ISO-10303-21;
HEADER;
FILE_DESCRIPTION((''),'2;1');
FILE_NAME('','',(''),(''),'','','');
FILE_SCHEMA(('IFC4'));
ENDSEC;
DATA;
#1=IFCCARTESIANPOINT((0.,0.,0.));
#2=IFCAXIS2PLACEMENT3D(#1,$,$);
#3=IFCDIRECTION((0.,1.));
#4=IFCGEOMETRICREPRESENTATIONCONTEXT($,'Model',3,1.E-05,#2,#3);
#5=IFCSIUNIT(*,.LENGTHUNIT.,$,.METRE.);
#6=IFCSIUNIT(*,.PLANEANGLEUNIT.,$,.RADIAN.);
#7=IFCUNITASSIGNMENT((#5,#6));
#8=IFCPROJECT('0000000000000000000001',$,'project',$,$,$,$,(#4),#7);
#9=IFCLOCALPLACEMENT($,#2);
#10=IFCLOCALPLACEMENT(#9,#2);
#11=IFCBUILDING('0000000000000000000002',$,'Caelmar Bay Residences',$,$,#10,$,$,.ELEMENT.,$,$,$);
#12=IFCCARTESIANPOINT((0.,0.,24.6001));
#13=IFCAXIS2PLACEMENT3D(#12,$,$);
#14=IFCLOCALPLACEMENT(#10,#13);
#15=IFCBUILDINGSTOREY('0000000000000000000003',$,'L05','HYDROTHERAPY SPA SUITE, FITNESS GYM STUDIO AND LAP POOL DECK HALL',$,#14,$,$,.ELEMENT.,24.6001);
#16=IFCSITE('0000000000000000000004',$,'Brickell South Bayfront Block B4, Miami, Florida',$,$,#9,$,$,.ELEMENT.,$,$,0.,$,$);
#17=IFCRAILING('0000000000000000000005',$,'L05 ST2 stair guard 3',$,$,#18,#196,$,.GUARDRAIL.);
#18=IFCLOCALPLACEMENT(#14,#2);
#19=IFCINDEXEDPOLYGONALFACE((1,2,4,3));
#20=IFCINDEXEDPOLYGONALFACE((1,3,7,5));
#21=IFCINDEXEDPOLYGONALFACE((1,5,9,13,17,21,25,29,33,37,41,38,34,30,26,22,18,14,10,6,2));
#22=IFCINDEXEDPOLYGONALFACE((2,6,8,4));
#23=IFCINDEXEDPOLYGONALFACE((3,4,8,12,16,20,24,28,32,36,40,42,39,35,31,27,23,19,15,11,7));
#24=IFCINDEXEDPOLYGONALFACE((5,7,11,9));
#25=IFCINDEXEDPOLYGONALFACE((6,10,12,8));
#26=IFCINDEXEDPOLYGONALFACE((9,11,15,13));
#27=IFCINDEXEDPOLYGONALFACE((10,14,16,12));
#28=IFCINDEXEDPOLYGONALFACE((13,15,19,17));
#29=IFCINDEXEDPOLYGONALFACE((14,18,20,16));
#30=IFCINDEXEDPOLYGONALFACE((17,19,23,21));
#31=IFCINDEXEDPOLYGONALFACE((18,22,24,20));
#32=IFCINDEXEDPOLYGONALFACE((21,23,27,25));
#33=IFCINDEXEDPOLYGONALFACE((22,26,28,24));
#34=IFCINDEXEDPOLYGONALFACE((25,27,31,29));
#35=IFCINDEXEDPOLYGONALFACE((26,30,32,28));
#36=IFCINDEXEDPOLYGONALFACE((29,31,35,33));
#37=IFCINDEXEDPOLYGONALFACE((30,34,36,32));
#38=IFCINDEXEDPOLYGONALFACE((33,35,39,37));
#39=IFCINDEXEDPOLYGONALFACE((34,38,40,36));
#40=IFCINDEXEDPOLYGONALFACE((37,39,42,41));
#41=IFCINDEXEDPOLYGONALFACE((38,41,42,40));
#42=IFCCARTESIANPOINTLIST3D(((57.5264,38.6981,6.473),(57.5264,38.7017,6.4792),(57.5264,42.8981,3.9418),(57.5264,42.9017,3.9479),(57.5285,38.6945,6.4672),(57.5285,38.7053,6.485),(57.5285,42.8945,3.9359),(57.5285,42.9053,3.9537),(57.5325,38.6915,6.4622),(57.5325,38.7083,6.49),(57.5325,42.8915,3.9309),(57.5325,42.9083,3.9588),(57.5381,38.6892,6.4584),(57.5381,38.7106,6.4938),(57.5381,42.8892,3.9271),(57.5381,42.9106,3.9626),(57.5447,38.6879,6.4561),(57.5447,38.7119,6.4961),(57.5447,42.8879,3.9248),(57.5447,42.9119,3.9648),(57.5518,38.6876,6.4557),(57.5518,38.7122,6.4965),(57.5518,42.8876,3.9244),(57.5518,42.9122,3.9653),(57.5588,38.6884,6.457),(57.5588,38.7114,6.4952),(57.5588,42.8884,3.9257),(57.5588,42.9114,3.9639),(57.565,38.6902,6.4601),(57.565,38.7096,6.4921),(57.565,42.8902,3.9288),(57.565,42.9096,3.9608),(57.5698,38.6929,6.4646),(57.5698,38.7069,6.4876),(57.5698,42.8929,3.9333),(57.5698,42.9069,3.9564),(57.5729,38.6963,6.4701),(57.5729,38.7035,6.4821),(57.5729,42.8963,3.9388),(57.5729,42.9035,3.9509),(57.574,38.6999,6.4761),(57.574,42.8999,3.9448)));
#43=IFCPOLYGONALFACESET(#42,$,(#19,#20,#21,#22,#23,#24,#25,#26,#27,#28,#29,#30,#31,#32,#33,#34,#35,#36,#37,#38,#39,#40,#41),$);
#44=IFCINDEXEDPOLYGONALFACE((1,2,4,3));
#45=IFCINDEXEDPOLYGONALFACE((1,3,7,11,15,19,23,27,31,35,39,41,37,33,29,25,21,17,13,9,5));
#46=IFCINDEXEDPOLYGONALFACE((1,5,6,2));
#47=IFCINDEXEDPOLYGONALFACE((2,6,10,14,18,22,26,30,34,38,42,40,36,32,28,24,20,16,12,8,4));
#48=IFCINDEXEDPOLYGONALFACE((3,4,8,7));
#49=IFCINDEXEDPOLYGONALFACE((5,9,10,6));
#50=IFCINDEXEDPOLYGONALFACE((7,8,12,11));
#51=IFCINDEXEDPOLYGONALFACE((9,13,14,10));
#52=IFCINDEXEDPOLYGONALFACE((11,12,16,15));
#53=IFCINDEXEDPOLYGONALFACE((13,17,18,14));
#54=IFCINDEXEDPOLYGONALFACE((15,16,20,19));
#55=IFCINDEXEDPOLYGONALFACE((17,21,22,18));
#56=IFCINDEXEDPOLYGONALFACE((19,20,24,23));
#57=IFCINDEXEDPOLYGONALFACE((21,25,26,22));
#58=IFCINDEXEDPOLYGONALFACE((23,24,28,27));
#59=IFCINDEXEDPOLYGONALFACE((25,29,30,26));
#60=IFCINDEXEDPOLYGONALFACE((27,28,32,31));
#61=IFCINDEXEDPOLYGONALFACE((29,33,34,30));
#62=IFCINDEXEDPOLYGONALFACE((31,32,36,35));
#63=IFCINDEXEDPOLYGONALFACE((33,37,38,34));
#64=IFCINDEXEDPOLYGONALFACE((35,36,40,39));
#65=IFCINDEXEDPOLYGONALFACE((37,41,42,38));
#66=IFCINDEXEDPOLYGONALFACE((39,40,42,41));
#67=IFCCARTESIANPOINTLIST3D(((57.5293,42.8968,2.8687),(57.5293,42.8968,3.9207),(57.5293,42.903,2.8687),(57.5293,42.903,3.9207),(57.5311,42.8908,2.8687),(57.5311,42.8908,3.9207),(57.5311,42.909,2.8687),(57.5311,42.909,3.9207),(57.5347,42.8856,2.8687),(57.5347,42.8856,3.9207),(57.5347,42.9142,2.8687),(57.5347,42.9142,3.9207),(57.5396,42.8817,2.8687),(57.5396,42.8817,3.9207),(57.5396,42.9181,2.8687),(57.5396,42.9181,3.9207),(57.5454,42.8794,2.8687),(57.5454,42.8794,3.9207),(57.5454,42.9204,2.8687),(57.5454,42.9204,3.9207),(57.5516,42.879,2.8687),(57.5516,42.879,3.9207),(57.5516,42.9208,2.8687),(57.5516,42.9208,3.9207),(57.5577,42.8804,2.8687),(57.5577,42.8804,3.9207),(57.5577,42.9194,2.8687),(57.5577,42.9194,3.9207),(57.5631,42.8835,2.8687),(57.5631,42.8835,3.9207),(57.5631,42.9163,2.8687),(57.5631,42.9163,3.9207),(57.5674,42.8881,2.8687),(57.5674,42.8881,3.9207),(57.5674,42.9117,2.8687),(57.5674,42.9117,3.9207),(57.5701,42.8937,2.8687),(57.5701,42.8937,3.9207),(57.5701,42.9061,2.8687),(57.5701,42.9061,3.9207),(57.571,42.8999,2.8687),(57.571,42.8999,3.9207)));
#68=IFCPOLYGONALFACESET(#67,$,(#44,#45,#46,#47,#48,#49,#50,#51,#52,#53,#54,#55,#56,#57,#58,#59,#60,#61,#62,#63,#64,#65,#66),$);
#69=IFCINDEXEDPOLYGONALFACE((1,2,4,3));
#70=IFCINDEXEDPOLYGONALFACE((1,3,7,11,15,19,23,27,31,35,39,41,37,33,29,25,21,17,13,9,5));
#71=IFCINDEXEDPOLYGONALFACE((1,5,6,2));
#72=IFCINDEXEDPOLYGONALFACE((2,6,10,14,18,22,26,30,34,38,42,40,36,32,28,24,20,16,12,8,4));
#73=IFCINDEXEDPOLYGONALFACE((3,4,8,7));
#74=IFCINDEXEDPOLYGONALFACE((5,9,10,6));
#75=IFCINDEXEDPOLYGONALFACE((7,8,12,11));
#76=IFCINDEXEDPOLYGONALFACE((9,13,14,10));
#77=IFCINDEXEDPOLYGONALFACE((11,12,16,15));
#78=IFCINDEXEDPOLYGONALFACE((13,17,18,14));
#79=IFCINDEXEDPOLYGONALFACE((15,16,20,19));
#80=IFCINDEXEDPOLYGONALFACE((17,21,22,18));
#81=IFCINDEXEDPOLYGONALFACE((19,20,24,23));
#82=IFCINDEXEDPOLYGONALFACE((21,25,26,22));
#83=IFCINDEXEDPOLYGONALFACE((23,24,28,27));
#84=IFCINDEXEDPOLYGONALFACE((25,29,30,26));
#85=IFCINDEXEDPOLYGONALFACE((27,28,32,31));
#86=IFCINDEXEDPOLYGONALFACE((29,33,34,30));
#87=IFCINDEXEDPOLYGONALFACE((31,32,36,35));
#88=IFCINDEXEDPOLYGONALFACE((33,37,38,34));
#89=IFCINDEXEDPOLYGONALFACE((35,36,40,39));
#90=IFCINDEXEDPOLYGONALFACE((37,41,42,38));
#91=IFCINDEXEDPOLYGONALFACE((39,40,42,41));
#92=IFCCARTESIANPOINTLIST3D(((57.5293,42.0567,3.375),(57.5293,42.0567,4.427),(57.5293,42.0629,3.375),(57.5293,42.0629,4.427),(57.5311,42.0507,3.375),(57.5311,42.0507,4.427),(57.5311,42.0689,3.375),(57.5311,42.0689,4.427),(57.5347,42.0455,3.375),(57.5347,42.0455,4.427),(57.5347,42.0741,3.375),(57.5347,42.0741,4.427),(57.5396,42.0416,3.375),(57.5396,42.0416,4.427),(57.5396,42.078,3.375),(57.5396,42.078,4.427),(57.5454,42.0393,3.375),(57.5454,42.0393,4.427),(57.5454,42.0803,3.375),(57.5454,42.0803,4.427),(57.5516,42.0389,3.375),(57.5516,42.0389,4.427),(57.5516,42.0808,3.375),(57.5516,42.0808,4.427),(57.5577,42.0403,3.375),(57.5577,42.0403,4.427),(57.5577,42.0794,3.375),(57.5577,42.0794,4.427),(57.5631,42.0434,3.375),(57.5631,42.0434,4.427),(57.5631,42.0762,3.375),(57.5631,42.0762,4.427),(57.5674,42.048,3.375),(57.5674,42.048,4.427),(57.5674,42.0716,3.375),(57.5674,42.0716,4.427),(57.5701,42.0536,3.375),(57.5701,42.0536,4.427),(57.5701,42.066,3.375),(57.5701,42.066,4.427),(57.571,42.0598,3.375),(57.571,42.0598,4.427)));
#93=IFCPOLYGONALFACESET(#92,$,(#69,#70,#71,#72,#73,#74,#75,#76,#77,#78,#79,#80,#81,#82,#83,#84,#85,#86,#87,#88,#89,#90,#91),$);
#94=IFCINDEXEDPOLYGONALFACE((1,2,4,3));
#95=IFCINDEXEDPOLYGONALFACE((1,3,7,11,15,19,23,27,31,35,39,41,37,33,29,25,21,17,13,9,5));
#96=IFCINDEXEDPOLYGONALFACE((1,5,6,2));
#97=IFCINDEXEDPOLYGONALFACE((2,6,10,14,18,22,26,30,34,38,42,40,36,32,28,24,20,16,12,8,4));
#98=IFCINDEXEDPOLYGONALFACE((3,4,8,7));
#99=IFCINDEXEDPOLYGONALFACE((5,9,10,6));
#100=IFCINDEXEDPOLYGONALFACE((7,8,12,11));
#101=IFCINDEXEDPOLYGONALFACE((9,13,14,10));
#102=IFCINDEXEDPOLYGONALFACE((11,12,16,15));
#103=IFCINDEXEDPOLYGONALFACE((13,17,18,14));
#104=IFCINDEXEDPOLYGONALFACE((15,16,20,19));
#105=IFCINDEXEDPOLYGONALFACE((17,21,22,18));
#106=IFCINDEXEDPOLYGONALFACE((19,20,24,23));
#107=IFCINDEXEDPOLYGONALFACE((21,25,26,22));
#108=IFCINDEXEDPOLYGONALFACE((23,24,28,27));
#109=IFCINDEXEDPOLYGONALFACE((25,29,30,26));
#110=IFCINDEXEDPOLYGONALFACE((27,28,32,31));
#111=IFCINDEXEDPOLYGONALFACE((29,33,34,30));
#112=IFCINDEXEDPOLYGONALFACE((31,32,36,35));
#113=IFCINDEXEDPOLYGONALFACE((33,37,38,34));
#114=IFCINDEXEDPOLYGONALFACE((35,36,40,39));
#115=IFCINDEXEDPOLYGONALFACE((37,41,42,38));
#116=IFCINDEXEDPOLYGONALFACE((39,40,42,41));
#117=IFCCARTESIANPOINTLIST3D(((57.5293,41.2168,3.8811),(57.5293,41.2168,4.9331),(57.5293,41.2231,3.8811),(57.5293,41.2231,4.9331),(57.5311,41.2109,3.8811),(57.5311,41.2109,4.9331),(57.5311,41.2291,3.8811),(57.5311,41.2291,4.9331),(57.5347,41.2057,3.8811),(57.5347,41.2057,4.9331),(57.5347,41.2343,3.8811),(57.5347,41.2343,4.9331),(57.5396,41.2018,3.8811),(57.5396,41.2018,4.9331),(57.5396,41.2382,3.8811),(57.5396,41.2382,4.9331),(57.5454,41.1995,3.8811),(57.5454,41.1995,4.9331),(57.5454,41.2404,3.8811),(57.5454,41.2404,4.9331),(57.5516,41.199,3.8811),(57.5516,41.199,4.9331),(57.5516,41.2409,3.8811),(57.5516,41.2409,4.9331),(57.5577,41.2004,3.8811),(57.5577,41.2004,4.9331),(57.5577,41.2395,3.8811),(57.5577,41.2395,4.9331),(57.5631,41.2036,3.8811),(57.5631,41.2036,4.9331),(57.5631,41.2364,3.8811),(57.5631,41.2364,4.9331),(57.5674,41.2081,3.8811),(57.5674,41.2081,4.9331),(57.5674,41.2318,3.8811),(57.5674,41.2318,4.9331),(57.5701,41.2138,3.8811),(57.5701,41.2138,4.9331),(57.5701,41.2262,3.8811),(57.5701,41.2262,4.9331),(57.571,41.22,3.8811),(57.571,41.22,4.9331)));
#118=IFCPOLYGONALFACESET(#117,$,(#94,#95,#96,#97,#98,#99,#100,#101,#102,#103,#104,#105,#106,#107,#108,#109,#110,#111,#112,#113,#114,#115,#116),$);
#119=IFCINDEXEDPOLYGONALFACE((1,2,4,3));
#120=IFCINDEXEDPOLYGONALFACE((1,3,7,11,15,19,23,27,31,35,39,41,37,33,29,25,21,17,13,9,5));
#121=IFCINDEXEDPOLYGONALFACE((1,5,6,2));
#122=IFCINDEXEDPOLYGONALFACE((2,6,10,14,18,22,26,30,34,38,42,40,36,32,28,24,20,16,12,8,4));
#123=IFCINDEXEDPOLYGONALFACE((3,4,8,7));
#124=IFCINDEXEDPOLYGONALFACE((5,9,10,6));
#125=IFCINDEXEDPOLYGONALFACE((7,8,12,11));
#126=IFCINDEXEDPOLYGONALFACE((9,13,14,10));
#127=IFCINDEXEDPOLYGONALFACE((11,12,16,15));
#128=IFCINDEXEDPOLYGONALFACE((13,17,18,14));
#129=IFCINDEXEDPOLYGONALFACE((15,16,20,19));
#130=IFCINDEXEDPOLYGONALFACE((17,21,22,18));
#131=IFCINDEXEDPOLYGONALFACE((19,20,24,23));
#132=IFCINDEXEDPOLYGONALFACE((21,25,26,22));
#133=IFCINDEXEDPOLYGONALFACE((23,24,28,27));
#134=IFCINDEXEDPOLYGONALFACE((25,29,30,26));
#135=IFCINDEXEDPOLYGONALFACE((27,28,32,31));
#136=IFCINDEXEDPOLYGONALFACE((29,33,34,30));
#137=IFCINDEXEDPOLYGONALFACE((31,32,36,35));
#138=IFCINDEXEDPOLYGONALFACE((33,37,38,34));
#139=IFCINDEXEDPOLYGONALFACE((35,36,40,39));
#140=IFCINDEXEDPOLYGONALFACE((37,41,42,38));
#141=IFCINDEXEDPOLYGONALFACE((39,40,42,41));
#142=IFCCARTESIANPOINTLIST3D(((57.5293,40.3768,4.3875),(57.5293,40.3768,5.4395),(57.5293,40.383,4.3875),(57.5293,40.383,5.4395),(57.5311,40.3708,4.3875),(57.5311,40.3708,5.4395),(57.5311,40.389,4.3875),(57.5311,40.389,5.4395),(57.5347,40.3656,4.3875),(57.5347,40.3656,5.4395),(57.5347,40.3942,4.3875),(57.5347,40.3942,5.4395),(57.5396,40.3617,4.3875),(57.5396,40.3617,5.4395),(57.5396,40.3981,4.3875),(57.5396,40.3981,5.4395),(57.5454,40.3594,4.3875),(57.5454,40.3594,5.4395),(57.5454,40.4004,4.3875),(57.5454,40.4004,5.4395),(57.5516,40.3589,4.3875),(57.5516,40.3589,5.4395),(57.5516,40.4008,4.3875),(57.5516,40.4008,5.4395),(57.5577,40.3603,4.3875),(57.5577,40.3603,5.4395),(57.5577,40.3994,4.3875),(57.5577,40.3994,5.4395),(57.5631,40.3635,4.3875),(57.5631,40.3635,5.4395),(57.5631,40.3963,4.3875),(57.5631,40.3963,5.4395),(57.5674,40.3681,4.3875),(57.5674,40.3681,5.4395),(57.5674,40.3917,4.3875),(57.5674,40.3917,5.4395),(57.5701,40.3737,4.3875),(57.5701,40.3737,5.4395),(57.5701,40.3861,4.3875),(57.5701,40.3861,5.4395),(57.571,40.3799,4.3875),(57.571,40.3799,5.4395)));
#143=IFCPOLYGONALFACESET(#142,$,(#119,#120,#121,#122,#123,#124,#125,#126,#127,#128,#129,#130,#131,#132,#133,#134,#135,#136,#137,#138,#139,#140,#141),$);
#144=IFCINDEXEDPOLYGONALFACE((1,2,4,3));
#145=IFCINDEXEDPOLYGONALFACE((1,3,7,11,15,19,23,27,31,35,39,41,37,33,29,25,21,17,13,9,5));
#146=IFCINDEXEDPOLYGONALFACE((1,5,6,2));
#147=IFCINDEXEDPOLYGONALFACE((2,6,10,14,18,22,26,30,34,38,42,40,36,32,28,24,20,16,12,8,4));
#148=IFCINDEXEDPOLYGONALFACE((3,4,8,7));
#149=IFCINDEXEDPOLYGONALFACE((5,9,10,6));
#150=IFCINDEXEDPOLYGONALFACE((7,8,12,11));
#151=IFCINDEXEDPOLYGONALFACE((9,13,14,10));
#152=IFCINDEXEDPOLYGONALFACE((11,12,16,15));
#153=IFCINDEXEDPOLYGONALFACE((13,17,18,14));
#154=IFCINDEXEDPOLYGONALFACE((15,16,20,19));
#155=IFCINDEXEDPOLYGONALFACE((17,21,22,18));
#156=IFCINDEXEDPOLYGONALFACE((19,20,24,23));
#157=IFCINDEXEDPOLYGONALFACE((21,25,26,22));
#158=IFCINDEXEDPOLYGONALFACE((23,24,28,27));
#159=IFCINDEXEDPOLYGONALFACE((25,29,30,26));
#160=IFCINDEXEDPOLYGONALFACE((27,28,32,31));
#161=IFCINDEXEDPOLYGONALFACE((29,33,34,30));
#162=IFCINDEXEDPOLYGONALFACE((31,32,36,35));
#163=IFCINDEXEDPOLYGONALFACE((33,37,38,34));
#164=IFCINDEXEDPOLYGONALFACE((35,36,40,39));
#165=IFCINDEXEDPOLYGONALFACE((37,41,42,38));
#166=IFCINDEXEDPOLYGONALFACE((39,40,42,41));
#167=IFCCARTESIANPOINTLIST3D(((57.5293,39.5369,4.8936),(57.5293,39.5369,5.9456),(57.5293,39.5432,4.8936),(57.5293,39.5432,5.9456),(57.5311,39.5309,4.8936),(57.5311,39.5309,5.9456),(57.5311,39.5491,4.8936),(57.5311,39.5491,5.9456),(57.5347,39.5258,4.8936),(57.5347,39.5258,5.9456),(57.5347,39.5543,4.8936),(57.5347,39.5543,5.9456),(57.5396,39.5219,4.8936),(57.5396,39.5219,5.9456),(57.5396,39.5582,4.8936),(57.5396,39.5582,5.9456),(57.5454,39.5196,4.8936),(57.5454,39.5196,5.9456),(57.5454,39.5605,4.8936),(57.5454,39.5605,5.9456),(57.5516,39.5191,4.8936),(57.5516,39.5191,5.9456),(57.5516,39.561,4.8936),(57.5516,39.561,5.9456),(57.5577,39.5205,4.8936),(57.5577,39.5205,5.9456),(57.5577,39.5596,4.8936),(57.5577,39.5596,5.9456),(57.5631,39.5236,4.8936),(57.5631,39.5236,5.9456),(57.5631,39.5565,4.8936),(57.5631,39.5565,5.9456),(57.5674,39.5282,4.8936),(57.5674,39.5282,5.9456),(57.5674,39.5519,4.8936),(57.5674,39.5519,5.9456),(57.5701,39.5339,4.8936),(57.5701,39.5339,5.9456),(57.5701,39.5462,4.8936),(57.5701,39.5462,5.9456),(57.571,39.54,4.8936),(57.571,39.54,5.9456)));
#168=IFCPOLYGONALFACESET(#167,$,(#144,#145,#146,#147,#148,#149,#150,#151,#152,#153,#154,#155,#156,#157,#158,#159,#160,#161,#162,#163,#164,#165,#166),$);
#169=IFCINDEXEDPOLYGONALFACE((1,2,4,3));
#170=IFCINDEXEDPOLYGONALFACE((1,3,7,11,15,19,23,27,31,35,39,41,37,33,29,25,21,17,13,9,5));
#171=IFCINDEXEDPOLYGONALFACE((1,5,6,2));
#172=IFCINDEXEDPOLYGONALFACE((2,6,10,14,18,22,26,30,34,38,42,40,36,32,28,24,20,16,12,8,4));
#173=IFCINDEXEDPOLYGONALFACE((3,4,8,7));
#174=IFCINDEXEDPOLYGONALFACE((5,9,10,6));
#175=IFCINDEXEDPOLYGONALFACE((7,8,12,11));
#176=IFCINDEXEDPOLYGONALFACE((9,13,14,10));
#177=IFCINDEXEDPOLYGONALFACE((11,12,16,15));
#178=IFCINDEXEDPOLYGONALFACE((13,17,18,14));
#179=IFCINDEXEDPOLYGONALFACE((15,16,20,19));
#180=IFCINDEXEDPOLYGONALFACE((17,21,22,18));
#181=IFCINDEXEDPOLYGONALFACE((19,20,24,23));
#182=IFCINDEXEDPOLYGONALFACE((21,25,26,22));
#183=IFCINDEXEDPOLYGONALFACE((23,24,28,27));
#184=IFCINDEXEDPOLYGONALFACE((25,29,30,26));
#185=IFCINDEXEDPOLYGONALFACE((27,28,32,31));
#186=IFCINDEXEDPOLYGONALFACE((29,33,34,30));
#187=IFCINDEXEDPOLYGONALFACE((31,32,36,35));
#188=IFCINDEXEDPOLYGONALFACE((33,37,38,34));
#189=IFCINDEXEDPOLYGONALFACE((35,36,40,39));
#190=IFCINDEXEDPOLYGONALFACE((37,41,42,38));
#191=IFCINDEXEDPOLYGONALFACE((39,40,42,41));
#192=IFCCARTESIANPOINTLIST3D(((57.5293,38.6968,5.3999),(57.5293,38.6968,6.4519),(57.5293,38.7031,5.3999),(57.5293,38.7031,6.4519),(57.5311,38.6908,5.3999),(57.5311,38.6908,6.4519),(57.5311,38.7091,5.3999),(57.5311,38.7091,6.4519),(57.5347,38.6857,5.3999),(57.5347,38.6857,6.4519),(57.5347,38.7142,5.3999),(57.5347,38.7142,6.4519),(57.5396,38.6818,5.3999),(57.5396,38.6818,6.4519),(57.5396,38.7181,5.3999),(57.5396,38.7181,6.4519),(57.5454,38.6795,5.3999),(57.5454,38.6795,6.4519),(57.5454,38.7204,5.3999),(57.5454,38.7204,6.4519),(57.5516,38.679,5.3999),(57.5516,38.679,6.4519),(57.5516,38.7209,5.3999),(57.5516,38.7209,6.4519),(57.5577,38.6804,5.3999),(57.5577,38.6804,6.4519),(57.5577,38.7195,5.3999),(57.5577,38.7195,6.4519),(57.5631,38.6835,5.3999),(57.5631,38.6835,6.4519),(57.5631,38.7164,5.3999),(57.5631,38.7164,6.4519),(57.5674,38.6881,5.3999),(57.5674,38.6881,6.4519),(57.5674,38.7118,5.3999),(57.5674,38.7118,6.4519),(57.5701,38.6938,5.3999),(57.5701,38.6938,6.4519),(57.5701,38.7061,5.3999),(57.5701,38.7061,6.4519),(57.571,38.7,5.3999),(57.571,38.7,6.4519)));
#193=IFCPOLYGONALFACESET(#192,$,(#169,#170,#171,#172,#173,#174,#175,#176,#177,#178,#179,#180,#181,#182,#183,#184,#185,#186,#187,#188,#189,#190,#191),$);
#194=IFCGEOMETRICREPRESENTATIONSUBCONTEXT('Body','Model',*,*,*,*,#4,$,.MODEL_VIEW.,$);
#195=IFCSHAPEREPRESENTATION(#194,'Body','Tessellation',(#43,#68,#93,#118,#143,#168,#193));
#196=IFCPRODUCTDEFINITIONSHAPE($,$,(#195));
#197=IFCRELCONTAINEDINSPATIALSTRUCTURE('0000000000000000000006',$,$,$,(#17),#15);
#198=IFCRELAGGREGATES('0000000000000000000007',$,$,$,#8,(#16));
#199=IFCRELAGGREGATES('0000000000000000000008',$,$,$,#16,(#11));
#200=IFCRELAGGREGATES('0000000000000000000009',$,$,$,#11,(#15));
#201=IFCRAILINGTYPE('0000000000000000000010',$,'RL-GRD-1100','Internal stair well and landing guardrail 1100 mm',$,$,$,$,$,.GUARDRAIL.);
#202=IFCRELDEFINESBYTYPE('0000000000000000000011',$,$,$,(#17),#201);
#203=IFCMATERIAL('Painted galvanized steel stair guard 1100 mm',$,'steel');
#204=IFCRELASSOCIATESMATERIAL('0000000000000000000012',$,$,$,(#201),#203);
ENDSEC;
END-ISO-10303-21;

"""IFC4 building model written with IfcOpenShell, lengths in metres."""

from ifc_helpers import new_model, si_unit, direction, frame, origin, origin_2d, place, context, subcontext, project, spatial, circle, extrude, material, type_object, element, save


model = new_model("IFC4")

# Units and contexts
model_context = context("Model", 3, precision=1e-05, world=origin(), true_north=direction((0.0, 1.0)))
body_context = subcontext(model_context, "Body", "Model", "MODEL_VIEW")
ifc_project = project(units=[si_unit("LENGTHUNIT", "METRE"), si_unit("PLANEANGLEUNIT", "RADIAN")], contexts=[model_context])

# Site, building, storey
site_placement = place(None, origin())
site = spatial("IfcSite", under=ifc_project, at=site_placement, Name="Brickell South Bayfront Block B4, Miami, Florida", CompositionType="ELEMENT", RefElevation=0.0)
building_placement = place(site_placement, origin())
building = spatial("IfcBuilding", under=site, at=building_placement, Name="Caelmar Bay Residences", CompositionType="ELEMENT")
storey_placement = place(building_placement, frame((0.0, 0.0, 24.6001)))
storey = spatial("IfcBuildingStorey", under=building, at=storey_placement, Name="L05", Description="HYDROTHERAPY SPA SUITE, FITNESS GYM STUDIO AND LAP POOL DECK HALL", CompositionType="ELEMENT", Elevation=24.6001)

# Railing
ifc_material_1 = material(Name="Painted galvanized steel stair guard 1100 mm", Category="steel")
railing_type_1 = type_object("IfcRailingType", Name="RL-GRD-1100", Description="Internal stair well and landing guardrail 1100 mm", PredefinedType="GUARDRAIL", material=ifc_material_1)
railing_1_placement = place(storey_placement, frame((57.55, 42.8999, 2.8687)))
element("IfcRailing", 1, at=railing_1_placement, inside=storey, type_object=railing_type_1, Name="L05 ST2 stair guard 3", PredefinedType="GUARDRAIL", context=body_context, shape_type="SweptSolid", body=[
    extrude(circle(Radius=0.0239, at=origin_2d()), frame((0.0, 0.0, 1.0762), z_axis=(0.0, -0.856476, 0.516186), x_axis=(1.0, 0.0, 0.0)), (0.0, 0.0, 1.0), 4.9038),
    extrude(circle(Radius=0.021, at=origin_2d()), origin(), (0.0, 0.0, 1.0), 1.052),
    extrude(circle(Radius=0.021, at=origin_2d()), frame((0.0, -0.8401, 0.5063)), (0.0, 0.0, 1.0), 1.052),
    extrude(circle(Radius=0.021, at=origin_2d()), frame((0.0, -1.6799, 1.0125)), (0.0, 0.0, 1.0), 1.052),
    extrude(circle(Radius=0.021, at=origin_2d()), frame((0.0, -2.52, 1.5188)), (0.0, 0.0, 1.0), 1.052),
    extrude(circle(Radius=0.021, at=origin_2d()), frame((0.0, -3.3599, 2.0249)), (0.0, 0.0, 1.0), 1.052),
    extrude(circle(Radius=0.021, at=origin_2d()), frame((0.0, -4.2, 2.5312)), (0.0, 0.0, 1.0), 1.052),
])

save(model, "model.ifc")
